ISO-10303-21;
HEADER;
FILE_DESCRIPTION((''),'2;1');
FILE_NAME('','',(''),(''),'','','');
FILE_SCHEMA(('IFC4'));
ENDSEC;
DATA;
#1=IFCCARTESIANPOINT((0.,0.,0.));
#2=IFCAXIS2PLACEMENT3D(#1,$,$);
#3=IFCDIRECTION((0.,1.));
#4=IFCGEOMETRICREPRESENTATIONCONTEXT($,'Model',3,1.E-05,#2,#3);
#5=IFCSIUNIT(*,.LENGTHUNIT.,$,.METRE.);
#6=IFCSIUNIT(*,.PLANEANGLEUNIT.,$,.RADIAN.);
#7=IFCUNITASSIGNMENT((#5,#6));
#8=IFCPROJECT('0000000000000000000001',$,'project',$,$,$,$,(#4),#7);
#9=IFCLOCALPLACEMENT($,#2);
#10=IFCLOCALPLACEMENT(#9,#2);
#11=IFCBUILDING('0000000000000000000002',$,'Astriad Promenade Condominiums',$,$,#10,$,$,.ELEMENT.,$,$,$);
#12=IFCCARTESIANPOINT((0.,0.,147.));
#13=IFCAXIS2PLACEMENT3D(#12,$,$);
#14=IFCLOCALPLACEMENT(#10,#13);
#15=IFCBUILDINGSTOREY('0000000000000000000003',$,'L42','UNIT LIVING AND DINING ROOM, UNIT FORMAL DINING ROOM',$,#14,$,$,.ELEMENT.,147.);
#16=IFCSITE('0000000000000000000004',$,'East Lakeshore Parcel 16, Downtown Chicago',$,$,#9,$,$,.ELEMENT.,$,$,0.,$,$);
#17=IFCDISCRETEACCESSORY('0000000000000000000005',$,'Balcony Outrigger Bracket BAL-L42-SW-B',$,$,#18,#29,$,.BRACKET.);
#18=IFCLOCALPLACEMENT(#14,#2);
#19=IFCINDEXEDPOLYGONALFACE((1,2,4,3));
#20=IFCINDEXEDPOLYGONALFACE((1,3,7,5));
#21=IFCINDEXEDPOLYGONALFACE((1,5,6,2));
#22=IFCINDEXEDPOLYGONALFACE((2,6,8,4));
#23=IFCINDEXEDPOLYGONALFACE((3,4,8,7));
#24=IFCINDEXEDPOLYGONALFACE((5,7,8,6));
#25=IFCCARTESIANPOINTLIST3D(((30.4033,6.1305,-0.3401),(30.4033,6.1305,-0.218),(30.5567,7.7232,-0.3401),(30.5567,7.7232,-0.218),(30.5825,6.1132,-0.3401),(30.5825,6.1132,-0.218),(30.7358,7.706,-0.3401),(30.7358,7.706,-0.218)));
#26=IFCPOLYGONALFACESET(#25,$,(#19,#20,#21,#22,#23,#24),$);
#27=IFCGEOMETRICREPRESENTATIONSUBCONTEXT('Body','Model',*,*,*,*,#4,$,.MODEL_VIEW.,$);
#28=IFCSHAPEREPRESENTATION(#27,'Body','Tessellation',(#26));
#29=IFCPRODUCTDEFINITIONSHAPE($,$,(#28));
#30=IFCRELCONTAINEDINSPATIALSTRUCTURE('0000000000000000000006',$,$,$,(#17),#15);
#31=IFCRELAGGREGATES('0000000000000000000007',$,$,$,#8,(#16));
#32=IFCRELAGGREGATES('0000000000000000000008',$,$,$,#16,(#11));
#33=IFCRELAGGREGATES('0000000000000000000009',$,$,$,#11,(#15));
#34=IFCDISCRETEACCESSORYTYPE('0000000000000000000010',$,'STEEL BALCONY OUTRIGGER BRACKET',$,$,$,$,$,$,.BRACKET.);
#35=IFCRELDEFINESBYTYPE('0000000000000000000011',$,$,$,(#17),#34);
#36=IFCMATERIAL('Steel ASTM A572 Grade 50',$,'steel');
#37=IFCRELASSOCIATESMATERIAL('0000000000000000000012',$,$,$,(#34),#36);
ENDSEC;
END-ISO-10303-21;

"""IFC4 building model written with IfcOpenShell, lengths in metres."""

from ifc_helpers import new_model, si_unit, direction, frame, origin, origin_2d, place, context, subcontext, project, spatial, rectangle, extrude, source, transform, mapped, material, type_object, type_shapes, element, save


model = new_model("IFC4")

# Units and contexts
model_context = context("Model", 3, precision=1e-05, world=origin(), true_north=direction((0.0, 1.0)))
body_context = subcontext(model_context, "Body", "Model", "MODEL_VIEW")
ifc_project = project(units=[si_unit("LENGTHUNIT", "METRE"), si_unit("PLANEANGLEUNIT", "RADIAN")], contexts=[model_context])

# Site, building, storey
site_placement = place(None, origin())
site = spatial("IfcSite", under=ifc_project, at=site_placement, Name="East Lakeshore Parcel 16, Downtown Chicago", CompositionType="ELEMENT", RefElevation=0.0)
building_placement = place(site_placement, origin())
building = spatial("IfcBuilding", under=site, at=building_placement, Name="Astriad Promenade Condominiums", CompositionType="ELEMENT")
storey_placement = place(building_placement, frame((0.0, 0.0, 147.0)))
storey = spatial("IfcBuildingStorey", under=building, at=storey_placement, Name="L42", Description="UNIT LIVING AND DINING ROOM, UNIT FORMAL DINING ROOM", CompositionType="ELEMENT", Elevation=147.0)

# Discrete accessory
ifc_material_1 = material(Name="Steel ASTM A572 Grade 50", Category="steel")
discrete_accessory_type = type_object("IfcDiscreteAccessoryType", Name="STEEL BALCONY OUTRIGGER BRACKET", PredefinedType="BRACKET", material=ifc_material_1)
shared_shape_1 = source(origin(), body_context, "Body", "SweptSolid", [
    extrude(rectangle(XDim=1.6001, YDim=0.1799, at=origin_2d()), origin(), (0.0, 0.0, 1.0), 0.1221),
])
type_shapes(discrete_accessory_type, [shared_shape_1])
discrete_accessory_placement = place(storey_placement, frame((30.5696, 6.9182, -0.3401), z_axis=(0.0, 0.0, 1.0), x_axis=(-0.095846, -0.995396, 0.0)))
element("IfcDiscreteAccessory", 1, at=discrete_accessory_placement, inside=storey, type_object=discrete_accessory_type, Name="Balcony Outrigger Bracket BAL-L42-SW-B", PredefinedType="BRACKET", context=body_context, shape_type="MappedRepresentation", body=[
    mapped(shared_shape_1, transform((0.0, 0.0, 0.0), scale=1.0)),
])

save(model, "model.ifc")
